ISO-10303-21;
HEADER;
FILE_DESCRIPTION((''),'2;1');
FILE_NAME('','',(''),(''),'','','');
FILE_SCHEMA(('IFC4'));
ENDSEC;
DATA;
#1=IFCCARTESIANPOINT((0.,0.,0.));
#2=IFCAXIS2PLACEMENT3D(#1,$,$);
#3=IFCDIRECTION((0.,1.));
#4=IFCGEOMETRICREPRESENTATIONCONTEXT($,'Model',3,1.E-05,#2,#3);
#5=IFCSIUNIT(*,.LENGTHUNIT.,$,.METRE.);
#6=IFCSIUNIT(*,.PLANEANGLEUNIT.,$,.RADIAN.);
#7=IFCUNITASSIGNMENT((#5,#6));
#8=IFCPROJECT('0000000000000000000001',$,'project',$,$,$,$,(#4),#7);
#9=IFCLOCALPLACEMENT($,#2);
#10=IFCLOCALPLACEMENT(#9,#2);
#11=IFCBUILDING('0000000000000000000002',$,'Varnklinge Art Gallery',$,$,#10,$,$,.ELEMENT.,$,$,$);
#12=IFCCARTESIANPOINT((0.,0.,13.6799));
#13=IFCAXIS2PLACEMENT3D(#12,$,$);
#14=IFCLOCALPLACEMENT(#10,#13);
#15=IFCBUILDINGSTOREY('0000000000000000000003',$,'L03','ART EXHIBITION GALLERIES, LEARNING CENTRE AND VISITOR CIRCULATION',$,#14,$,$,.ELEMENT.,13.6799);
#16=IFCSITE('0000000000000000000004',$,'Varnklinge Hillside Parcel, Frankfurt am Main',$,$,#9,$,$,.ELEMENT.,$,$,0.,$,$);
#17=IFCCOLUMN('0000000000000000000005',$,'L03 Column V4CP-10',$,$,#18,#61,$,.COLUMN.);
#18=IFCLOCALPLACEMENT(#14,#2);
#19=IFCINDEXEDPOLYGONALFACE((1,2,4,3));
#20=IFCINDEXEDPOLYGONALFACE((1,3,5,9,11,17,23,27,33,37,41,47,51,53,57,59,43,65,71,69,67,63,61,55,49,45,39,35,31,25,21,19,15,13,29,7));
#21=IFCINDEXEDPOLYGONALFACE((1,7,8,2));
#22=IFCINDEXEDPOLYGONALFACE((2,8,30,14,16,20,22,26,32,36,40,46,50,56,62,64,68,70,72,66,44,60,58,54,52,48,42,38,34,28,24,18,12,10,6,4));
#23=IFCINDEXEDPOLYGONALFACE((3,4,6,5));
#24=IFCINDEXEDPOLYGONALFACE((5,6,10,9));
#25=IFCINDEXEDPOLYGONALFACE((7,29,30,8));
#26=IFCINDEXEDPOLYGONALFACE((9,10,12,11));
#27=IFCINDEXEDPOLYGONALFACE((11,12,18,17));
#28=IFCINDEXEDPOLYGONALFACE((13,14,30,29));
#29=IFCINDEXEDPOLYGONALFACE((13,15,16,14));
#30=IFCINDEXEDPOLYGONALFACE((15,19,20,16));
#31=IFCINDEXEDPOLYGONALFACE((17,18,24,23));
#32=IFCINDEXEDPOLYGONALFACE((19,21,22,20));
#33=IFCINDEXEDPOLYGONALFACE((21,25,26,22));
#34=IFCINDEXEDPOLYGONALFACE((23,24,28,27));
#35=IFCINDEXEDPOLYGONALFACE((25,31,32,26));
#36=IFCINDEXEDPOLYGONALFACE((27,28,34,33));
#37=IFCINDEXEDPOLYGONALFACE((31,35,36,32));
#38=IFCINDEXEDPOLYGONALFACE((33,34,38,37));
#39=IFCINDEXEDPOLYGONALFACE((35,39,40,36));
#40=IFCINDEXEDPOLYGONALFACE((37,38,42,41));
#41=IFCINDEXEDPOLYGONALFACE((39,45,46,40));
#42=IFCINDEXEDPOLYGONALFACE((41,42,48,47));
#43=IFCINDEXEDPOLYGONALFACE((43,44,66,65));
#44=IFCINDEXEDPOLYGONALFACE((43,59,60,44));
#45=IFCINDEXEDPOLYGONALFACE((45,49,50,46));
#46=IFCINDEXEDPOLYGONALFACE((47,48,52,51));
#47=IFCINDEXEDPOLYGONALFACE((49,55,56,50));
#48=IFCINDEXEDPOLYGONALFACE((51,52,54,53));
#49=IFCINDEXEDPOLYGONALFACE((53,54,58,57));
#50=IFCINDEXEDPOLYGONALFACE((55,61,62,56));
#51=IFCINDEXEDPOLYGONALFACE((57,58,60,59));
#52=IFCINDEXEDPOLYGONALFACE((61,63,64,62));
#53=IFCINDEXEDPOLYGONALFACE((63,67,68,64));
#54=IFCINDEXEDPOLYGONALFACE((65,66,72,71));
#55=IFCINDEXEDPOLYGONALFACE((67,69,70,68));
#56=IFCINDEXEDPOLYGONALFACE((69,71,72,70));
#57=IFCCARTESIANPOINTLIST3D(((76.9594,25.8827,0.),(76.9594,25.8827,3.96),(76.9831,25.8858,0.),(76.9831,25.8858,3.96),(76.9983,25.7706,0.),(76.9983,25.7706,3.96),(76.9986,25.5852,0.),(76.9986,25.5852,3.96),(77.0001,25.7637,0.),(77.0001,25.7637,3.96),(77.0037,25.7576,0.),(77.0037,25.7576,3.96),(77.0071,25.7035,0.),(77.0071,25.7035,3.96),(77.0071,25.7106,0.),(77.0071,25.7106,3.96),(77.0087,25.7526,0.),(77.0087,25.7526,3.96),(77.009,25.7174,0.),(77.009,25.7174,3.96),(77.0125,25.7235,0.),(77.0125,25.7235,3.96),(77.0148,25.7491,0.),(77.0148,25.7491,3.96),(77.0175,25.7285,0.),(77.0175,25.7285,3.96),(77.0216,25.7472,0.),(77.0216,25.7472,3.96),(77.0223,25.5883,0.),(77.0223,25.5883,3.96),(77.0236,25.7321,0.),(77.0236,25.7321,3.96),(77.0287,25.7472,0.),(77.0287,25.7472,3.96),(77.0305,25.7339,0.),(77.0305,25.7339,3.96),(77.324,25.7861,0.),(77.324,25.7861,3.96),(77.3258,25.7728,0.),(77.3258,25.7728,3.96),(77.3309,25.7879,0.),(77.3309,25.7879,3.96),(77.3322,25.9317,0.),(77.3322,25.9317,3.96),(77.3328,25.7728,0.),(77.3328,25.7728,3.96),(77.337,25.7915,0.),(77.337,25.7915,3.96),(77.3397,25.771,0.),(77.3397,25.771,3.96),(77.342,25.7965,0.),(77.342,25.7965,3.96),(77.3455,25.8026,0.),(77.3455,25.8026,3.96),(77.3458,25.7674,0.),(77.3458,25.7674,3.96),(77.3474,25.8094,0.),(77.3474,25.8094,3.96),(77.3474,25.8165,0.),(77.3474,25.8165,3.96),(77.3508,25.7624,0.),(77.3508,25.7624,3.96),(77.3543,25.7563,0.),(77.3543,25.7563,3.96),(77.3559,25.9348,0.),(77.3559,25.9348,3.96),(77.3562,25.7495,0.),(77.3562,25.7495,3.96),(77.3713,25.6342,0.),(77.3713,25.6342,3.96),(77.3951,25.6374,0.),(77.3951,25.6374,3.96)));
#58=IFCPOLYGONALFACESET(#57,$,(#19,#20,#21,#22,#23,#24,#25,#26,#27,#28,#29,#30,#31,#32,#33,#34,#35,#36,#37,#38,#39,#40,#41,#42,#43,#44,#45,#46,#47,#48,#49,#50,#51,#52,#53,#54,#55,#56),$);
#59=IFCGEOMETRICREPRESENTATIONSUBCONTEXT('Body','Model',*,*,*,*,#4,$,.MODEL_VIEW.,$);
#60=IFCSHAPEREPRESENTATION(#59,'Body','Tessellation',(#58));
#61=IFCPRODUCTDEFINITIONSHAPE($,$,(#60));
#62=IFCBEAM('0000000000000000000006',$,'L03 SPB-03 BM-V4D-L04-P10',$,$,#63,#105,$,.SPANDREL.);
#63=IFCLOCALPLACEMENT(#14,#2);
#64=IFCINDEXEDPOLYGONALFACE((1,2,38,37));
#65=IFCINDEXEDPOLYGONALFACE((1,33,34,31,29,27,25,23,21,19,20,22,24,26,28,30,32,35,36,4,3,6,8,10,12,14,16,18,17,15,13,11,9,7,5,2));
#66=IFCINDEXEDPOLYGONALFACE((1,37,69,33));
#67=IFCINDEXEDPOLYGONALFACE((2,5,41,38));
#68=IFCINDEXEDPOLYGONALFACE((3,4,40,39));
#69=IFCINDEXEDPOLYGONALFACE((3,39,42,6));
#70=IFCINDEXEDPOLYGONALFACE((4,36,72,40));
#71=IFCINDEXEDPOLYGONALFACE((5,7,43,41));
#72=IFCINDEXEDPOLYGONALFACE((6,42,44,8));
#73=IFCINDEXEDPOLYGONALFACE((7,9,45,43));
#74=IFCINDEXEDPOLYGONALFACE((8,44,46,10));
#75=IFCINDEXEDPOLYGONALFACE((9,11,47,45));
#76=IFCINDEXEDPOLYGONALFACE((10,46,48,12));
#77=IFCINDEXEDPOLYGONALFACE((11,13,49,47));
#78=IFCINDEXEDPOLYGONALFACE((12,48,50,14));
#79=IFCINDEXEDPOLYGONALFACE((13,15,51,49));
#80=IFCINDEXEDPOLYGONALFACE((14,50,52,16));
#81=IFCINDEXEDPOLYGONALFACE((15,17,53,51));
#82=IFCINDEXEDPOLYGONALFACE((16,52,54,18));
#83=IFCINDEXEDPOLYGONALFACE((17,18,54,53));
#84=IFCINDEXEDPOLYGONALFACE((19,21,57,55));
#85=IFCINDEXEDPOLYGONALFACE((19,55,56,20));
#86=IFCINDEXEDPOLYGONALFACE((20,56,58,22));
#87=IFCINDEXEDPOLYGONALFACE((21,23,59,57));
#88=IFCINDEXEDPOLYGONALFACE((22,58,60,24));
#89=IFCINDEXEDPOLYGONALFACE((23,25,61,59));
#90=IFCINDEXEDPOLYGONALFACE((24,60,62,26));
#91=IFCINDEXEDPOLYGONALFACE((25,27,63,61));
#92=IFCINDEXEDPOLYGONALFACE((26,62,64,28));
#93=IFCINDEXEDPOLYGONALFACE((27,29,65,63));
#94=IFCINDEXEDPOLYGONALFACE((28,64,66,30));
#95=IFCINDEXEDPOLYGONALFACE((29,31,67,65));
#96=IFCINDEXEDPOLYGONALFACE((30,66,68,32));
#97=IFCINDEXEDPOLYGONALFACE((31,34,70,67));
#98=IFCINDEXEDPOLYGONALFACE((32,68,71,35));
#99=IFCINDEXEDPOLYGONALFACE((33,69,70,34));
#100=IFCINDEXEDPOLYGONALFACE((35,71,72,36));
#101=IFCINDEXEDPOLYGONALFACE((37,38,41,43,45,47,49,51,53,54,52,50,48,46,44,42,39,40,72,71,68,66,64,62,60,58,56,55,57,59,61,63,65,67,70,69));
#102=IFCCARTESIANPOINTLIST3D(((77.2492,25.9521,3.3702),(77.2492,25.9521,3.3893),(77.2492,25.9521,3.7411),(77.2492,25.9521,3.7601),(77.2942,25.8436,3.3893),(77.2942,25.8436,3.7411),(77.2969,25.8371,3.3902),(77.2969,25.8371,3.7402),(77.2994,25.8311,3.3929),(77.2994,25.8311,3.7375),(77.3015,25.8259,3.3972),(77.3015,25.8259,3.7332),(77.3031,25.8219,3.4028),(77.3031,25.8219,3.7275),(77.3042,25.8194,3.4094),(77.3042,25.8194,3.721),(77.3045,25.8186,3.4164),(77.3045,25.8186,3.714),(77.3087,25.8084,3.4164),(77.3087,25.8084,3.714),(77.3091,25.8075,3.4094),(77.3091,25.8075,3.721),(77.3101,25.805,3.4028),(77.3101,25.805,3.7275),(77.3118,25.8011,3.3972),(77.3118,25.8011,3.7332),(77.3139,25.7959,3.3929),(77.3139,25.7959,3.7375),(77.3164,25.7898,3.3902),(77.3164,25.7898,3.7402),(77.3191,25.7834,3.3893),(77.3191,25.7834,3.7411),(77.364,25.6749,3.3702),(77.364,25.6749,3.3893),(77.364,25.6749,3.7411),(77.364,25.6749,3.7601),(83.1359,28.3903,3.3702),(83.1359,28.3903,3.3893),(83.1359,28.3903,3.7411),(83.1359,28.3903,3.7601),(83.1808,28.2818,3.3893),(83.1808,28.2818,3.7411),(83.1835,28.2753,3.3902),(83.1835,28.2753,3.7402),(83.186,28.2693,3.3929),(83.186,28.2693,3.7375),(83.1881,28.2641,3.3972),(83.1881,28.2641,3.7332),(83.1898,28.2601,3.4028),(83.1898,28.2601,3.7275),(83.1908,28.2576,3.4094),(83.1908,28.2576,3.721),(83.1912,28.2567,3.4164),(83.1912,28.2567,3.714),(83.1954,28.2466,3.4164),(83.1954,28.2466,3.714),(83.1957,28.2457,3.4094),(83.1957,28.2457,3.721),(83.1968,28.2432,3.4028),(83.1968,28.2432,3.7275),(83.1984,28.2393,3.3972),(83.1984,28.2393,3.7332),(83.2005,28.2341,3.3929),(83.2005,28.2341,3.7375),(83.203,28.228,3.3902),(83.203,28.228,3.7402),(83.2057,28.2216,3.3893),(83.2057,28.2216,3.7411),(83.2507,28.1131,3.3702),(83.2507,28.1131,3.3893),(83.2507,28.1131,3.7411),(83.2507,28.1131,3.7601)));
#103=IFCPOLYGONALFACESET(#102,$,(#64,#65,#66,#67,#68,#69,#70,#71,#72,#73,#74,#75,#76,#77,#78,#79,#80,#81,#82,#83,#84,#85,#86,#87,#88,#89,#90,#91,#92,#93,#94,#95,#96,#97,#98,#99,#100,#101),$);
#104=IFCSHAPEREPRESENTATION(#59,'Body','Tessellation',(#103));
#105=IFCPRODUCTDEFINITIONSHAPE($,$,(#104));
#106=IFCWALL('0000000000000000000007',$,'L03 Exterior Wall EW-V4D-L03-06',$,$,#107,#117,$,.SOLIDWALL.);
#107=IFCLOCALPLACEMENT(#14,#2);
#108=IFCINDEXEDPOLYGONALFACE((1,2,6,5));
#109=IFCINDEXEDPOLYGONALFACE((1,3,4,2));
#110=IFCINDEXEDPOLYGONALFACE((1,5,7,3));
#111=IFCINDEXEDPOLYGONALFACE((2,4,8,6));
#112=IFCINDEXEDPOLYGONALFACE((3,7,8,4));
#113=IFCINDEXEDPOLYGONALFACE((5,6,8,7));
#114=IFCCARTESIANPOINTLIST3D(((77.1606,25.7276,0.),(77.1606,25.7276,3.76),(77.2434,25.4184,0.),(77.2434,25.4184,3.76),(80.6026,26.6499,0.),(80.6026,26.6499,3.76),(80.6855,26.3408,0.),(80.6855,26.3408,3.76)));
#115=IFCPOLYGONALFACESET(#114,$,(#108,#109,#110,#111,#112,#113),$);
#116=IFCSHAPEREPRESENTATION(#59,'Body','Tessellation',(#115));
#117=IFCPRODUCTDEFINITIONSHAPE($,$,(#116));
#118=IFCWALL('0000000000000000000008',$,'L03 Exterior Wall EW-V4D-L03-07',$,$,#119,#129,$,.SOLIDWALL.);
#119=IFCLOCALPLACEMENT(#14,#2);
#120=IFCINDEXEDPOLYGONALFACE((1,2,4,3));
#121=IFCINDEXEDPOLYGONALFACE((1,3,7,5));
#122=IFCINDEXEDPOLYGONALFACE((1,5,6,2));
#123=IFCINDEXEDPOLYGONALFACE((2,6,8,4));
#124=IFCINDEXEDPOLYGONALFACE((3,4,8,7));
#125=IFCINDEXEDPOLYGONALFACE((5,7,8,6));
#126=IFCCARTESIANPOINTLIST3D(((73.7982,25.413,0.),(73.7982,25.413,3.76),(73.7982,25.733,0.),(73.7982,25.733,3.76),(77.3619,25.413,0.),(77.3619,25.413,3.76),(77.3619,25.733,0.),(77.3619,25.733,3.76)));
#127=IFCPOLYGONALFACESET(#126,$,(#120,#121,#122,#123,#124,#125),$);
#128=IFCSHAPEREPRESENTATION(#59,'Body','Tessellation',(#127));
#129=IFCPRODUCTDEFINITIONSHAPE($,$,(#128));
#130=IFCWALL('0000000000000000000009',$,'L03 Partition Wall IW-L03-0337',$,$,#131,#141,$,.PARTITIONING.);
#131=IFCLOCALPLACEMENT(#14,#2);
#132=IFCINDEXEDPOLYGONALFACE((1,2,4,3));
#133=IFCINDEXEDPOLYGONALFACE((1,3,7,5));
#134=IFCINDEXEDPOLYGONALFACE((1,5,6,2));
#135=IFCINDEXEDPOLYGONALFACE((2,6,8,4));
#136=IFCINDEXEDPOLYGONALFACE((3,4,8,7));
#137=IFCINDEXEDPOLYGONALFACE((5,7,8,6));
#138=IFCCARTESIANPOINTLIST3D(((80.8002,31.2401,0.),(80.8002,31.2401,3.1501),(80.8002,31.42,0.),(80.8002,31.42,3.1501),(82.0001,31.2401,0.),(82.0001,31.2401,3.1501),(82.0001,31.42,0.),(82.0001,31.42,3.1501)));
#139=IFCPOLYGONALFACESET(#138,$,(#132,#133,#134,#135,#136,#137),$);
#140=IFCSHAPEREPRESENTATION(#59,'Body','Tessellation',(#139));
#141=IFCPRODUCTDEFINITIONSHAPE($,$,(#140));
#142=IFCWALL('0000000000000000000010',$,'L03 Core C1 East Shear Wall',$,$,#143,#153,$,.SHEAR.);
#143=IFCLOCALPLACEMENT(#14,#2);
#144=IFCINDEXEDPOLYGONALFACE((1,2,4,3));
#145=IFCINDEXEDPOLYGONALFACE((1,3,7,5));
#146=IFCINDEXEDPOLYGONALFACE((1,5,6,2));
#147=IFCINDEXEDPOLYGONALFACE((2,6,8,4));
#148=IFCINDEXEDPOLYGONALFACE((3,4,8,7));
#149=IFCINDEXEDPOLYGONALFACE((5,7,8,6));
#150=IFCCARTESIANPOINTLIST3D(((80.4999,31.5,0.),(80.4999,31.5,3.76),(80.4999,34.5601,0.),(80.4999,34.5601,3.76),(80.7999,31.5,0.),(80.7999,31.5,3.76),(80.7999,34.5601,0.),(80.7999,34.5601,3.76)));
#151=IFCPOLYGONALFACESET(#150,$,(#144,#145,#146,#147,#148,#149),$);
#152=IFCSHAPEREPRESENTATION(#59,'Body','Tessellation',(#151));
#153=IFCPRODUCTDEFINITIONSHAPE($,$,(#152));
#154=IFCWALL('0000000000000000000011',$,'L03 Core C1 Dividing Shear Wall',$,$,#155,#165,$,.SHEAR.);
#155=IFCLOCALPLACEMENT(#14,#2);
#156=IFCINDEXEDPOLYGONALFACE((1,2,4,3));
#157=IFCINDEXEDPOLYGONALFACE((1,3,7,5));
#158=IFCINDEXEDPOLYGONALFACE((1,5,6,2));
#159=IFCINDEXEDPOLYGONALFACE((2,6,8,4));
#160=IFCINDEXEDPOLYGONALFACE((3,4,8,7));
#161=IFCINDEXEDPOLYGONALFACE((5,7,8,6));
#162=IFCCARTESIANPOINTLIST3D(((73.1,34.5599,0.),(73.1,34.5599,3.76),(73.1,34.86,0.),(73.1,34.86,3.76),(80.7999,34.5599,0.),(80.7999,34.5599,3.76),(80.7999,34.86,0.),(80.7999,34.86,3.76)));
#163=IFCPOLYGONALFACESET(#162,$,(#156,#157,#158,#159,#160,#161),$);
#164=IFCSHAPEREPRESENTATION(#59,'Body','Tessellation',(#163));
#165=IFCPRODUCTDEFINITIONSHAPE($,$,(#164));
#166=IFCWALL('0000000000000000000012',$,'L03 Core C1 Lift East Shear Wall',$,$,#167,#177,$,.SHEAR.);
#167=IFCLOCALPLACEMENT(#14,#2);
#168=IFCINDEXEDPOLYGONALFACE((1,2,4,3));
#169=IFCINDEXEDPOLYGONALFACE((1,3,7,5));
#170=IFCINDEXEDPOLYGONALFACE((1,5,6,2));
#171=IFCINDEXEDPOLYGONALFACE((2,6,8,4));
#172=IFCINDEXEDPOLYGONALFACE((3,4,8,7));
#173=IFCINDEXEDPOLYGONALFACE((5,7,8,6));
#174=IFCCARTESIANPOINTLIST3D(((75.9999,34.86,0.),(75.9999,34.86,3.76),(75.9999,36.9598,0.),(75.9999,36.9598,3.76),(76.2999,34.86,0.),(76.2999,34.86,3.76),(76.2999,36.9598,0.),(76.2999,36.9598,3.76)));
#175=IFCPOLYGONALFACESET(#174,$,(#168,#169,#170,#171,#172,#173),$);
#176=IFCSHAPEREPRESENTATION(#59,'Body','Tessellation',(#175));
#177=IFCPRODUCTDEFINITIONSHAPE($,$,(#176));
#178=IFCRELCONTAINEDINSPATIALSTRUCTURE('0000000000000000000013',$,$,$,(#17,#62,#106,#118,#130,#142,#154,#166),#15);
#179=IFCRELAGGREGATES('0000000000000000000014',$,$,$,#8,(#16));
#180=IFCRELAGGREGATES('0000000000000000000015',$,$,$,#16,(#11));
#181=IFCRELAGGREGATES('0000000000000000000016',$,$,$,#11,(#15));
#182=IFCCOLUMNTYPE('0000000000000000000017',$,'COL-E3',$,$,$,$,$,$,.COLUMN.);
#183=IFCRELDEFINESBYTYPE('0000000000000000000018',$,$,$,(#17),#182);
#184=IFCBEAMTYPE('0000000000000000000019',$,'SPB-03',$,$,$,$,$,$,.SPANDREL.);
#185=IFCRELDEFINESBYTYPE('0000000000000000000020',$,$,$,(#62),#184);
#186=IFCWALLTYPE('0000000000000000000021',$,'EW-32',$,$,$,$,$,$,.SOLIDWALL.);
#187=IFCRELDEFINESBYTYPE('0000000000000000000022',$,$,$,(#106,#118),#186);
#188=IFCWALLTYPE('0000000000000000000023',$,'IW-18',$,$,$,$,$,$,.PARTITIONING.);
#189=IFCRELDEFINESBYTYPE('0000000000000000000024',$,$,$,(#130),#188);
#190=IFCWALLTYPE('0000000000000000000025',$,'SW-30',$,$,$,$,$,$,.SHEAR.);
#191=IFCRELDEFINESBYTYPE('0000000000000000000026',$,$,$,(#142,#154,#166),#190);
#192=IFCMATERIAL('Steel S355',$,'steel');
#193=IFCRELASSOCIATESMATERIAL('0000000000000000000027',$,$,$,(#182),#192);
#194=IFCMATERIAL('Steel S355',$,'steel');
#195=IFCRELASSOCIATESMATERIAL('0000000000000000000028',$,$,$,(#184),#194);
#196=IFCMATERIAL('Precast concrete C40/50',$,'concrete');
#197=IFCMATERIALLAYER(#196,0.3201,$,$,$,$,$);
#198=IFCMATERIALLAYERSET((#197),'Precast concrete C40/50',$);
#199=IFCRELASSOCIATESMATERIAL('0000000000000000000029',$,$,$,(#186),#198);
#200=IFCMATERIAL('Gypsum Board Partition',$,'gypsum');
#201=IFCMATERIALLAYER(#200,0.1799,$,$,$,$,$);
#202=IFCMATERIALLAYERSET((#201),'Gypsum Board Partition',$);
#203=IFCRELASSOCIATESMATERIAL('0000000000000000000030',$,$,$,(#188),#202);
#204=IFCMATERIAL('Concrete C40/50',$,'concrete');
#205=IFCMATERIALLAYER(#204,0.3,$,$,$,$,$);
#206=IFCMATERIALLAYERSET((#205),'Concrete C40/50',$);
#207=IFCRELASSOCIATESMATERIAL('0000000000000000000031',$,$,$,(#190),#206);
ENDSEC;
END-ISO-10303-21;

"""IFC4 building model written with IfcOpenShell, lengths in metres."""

from ifc_helpers import new_model, si_unit, direction, frame, frame_2d, origin, origin_2d, place, context, subcontext, project, spatial, rectangle, i_section, extrude, material, layer, layer_set, material_profile, profile_set, type_object, element, save


model = new_model("IFC4")

# Units and contexts
model_context = context("Model", 3, precision=1e-05, world=origin(), true_north=direction((0.0, 1.0)))
body_context = subcontext(model_context, "Body", "Model", "MODEL_VIEW")
ifc_project = project(units=[si_unit("LENGTHUNIT", "METRE"), si_unit("PLANEANGLEUNIT", "RADIAN")], contexts=[model_context])

# Site, building, storey
site_placement = place(None, origin())
site = spatial("IfcSite", under=ifc_project, at=site_placement, Name="Varnklinge Hillside Parcel, Frankfurt am Main", CompositionType="ELEMENT", RefElevation=0.0)
building_placement = place(site_placement, origin())
building = spatial("IfcBuilding", under=site, at=building_placement, Name="Varnklinge Art Gallery", CompositionType="ELEMENT")
storey_placement = place(building_placement, frame((0.0, 0.0, 13.6799)))
storey = spatial("IfcBuildingStorey", under=building, at=storey_placement, Name="L03", Description="ART EXHIBITION GALLERIES, LEARNING CENTRE AND VISITOR CIRCULATION", CompositionType="ELEMENT", Elevation=13.6799)

# Column
ifc_material_1 = material(Name="Steel S355", Category="steel")
ifc_material_profile_1 = material_profile(ifc_material_1, i_section(OverallWidth=0.3, OverallDepth=0.3999, WebThickness=0.0134, FlangeThickness=0.0239, FilletRadius=0.0271, at=origin_2d()), Name="HEB 400")
ifc_profile_set_1 = profile_set([ifc_material_profile_1], Name="Steel S355")
column_type = type_object("IfcColumnType", Name="COL-E3", PredefinedType="COLUMN", material=ifc_profile_set_1)
column_placement = place(storey_placement, frame((77.1772, 25.76, 0.0), z_axis=(0.0, 0.0, 1.0), x_axis=(0.130526, -0.991445, 0.0)))
element("IfcColumn", 1, at=column_placement, inside=storey, type_object=column_type, Name="L03 Column V4CP-10", PredefinedType="COLUMN", context=body_context, shape_type="SweptSolid", body=[
    extrude(i_section(OverallWidth=0.3, OverallDepth=0.3999, WebThickness=0.0134, FlangeThickness=0.0239, FilletRadius=0.0271, at=origin_2d()), origin(), (0.0, 0.0, 1.0), 3.96),
])

# Beam
ifc_material_2 = material(Name="Steel S355", Category="steel")
ifc_material_profile_2 = material_profile(ifc_material_2, i_section(OverallWidth=0.3, OverallDepth=0.3899, WebThickness=0.011, FlangeThickness=0.019, FilletRadius=0.0271, at=origin_2d()), Name="HEA 400")
ifc_profile_set_2 = profile_set([ifc_material_profile_2], Name="Steel S355")
beam_type = type_object("IfcBeamType", Name="SPB-03", PredefinedType="SPANDREL", material=ifc_profile_set_2)
beam_placement = place(storey_placement, frame((77.3066, 25.8135, 3.5652), z_axis=(0.923887, 0.382667, 0.0), x_axis=(-0.382667, 0.923887, 0.0)))
element("IfcBeam", 2, at=beam_placement, inside=storey, type_object=beam_type, Name="L03 SPB-03 BM-V4D-L04-P10", PredefinedType="SPANDREL", context=body_context, shape_type="SweptSolid", body=[
    extrude(i_section(OverallWidth=0.3, OverallDepth=0.3899, WebThickness=0.011, FlangeThickness=0.019, FilletRadius=0.0271, at=origin_2d()), origin(), (0.0, 0.0, 1.0), 6.3716),
])

# Walls
ifc_material_3 = material(Name="Precast concrete C40/50", Category="concrete")
ifc_layer_1 = layer(ifc_material_3, 0.3201)
ifc_layer_set_1 = layer_set([ifc_layer_1], Name="Precast concrete C40/50")
wall_type_1 = type_object("IfcWallType", Name="EW-32", PredefinedType="SOLIDWALL", material=ifc_layer_set_1)
wall_1_placement = place(storey_placement, frame((80.644, 26.4954, 0.0), z_axis=(0.0, 0.0, 1.0), x_axis=(-0.965923, -0.258831, 0.0)))
element("IfcWall", 3, at=wall_1_placement, inside=storey, type_object=wall_type_1, Name="L03 Exterior Wall EW-V4D-L03-06", PredefinedType="SOLIDWALL", context=body_context, shape_type="SweptSolid", body=[
    extrude(rectangle(XDim=3.5635, YDim=0.3201, at=frame_2d((1.7817, 0.0))), origin(), (0.0, 0.0, 1.0), 3.76),
])
wall_2_placement = place(storey_placement, frame((77.3618, 25.573, 0.0), z_axis=(0.0, 0.0, 1.0), x_axis=(-1.0, 0.0, 0.0)))
element("IfcWall", 4, at=wall_2_placement, inside=storey, type_object=wall_type_1, Name="L03 Exterior Wall EW-V4D-L03-07", PredefinedType="SOLIDWALL", context=body_context, shape_type="SweptSolid", body=[
    extrude(rectangle(XDim=3.5637, YDim=0.3201, at=frame_2d((1.7817, 0.0))), origin(), (0.0, 0.0, 1.0), 3.76),
])
ifc_material_4 = material(Name="Gypsum Board Partition", Category="gypsum")
ifc_layer_2 = layer(ifc_material_4, 0.1799)
ifc_layer_set_2 = layer_set([ifc_layer_2], Name="Gypsum Board Partition")
wall_type_2 = type_object("IfcWallType", Name="IW-18", PredefinedType="PARTITIONING", material=ifc_layer_set_2)
wall_3_placement = place(storey_placement, frame((80.8, 31.3301, 0.0), z_axis=(0.0, 0.0, 1.0), x_axis=(1.0, 0.0, 0.0)))
element("IfcWall", 5, at=wall_3_placement, inside=storey, type_object=wall_type_2, Name="L03 Partition Wall IW-L03-0337", PredefinedType="PARTITIONING", context=body_context, shape_type="SweptSolid", body=[
    extrude(rectangle(XDim=1.2, YDim=0.1799, at=frame_2d((0.6001, 0.0))), origin(), (0.0, 0.0, 1.0), 3.1501),
])
ifc_material_5 = material(Name="Concrete C40/50", Category="concrete")
ifc_layer_3 = layer(ifc_material_5, 0.3)
ifc_layer_set_3 = layer_set([ifc_layer_3], Name="Concrete C40/50")
wall_type_3 = type_object("IfcWallType", Name="SW-30", PredefinedType="SHEAR", material=ifc_layer_set_3)
wall_4_placement = place(storey_placement, frame((80.6499, 31.5, 0.0), z_axis=(0.0, 0.0, 1.0), x_axis=(0.0, 1.0, 0.0)))
element("IfcWall", 6, at=wall_4_placement, inside=storey, type_object=wall_type_3, Name="L03 Core C1 East Shear Wall", PredefinedType="SHEAR", context=body_context, shape_type="SweptSolid", body=[
    extrude(rectangle(XDim=3.0601, YDim=0.3, at=frame_2d((1.53, 0.0))), origin(), (0.0, 0.0, 1.0), 3.76),
])
wall_5_placement = place(storey_placement, frame((80.8, 34.71, 0.0), z_axis=(0.0, 0.0, 1.0), x_axis=(-1.0, 0.0, 0.0)))
element("IfcWall", 7, at=wall_5_placement, inside=storey, type_object=wall_type_3, Name="L03 Core C1 Dividing Shear Wall", PredefinedType="SHEAR", context=body_context, shape_type="SweptSolid", body=[
    extrude(rectangle(XDim=7.7, YDim=0.3, at=frame_2d((3.8501, 0.0))), origin(), (0.0, 0.0, 1.0), 3.76),
])
wall_6_placement = place(storey_placement, frame((76.1499, 34.8601, 0.0), z_axis=(0.0, 0.0, 1.0), x_axis=(0.0, 1.0, 0.0)))
element("IfcWall", 8, at=wall_6_placement, inside=storey, type_object=wall_type_3, Name="L03 Core C1 Lift East Shear Wall", PredefinedType="SHEAR", context=body_context, shape_type="SweptSolid", body=[
    extrude(rectangle(XDim=2.0999, YDim=0.3, at=frame_2d((1.0498, 0.0))), origin(), (0.0, 0.0, 1.0), 3.76),
])

save(model, "model.ifc")
